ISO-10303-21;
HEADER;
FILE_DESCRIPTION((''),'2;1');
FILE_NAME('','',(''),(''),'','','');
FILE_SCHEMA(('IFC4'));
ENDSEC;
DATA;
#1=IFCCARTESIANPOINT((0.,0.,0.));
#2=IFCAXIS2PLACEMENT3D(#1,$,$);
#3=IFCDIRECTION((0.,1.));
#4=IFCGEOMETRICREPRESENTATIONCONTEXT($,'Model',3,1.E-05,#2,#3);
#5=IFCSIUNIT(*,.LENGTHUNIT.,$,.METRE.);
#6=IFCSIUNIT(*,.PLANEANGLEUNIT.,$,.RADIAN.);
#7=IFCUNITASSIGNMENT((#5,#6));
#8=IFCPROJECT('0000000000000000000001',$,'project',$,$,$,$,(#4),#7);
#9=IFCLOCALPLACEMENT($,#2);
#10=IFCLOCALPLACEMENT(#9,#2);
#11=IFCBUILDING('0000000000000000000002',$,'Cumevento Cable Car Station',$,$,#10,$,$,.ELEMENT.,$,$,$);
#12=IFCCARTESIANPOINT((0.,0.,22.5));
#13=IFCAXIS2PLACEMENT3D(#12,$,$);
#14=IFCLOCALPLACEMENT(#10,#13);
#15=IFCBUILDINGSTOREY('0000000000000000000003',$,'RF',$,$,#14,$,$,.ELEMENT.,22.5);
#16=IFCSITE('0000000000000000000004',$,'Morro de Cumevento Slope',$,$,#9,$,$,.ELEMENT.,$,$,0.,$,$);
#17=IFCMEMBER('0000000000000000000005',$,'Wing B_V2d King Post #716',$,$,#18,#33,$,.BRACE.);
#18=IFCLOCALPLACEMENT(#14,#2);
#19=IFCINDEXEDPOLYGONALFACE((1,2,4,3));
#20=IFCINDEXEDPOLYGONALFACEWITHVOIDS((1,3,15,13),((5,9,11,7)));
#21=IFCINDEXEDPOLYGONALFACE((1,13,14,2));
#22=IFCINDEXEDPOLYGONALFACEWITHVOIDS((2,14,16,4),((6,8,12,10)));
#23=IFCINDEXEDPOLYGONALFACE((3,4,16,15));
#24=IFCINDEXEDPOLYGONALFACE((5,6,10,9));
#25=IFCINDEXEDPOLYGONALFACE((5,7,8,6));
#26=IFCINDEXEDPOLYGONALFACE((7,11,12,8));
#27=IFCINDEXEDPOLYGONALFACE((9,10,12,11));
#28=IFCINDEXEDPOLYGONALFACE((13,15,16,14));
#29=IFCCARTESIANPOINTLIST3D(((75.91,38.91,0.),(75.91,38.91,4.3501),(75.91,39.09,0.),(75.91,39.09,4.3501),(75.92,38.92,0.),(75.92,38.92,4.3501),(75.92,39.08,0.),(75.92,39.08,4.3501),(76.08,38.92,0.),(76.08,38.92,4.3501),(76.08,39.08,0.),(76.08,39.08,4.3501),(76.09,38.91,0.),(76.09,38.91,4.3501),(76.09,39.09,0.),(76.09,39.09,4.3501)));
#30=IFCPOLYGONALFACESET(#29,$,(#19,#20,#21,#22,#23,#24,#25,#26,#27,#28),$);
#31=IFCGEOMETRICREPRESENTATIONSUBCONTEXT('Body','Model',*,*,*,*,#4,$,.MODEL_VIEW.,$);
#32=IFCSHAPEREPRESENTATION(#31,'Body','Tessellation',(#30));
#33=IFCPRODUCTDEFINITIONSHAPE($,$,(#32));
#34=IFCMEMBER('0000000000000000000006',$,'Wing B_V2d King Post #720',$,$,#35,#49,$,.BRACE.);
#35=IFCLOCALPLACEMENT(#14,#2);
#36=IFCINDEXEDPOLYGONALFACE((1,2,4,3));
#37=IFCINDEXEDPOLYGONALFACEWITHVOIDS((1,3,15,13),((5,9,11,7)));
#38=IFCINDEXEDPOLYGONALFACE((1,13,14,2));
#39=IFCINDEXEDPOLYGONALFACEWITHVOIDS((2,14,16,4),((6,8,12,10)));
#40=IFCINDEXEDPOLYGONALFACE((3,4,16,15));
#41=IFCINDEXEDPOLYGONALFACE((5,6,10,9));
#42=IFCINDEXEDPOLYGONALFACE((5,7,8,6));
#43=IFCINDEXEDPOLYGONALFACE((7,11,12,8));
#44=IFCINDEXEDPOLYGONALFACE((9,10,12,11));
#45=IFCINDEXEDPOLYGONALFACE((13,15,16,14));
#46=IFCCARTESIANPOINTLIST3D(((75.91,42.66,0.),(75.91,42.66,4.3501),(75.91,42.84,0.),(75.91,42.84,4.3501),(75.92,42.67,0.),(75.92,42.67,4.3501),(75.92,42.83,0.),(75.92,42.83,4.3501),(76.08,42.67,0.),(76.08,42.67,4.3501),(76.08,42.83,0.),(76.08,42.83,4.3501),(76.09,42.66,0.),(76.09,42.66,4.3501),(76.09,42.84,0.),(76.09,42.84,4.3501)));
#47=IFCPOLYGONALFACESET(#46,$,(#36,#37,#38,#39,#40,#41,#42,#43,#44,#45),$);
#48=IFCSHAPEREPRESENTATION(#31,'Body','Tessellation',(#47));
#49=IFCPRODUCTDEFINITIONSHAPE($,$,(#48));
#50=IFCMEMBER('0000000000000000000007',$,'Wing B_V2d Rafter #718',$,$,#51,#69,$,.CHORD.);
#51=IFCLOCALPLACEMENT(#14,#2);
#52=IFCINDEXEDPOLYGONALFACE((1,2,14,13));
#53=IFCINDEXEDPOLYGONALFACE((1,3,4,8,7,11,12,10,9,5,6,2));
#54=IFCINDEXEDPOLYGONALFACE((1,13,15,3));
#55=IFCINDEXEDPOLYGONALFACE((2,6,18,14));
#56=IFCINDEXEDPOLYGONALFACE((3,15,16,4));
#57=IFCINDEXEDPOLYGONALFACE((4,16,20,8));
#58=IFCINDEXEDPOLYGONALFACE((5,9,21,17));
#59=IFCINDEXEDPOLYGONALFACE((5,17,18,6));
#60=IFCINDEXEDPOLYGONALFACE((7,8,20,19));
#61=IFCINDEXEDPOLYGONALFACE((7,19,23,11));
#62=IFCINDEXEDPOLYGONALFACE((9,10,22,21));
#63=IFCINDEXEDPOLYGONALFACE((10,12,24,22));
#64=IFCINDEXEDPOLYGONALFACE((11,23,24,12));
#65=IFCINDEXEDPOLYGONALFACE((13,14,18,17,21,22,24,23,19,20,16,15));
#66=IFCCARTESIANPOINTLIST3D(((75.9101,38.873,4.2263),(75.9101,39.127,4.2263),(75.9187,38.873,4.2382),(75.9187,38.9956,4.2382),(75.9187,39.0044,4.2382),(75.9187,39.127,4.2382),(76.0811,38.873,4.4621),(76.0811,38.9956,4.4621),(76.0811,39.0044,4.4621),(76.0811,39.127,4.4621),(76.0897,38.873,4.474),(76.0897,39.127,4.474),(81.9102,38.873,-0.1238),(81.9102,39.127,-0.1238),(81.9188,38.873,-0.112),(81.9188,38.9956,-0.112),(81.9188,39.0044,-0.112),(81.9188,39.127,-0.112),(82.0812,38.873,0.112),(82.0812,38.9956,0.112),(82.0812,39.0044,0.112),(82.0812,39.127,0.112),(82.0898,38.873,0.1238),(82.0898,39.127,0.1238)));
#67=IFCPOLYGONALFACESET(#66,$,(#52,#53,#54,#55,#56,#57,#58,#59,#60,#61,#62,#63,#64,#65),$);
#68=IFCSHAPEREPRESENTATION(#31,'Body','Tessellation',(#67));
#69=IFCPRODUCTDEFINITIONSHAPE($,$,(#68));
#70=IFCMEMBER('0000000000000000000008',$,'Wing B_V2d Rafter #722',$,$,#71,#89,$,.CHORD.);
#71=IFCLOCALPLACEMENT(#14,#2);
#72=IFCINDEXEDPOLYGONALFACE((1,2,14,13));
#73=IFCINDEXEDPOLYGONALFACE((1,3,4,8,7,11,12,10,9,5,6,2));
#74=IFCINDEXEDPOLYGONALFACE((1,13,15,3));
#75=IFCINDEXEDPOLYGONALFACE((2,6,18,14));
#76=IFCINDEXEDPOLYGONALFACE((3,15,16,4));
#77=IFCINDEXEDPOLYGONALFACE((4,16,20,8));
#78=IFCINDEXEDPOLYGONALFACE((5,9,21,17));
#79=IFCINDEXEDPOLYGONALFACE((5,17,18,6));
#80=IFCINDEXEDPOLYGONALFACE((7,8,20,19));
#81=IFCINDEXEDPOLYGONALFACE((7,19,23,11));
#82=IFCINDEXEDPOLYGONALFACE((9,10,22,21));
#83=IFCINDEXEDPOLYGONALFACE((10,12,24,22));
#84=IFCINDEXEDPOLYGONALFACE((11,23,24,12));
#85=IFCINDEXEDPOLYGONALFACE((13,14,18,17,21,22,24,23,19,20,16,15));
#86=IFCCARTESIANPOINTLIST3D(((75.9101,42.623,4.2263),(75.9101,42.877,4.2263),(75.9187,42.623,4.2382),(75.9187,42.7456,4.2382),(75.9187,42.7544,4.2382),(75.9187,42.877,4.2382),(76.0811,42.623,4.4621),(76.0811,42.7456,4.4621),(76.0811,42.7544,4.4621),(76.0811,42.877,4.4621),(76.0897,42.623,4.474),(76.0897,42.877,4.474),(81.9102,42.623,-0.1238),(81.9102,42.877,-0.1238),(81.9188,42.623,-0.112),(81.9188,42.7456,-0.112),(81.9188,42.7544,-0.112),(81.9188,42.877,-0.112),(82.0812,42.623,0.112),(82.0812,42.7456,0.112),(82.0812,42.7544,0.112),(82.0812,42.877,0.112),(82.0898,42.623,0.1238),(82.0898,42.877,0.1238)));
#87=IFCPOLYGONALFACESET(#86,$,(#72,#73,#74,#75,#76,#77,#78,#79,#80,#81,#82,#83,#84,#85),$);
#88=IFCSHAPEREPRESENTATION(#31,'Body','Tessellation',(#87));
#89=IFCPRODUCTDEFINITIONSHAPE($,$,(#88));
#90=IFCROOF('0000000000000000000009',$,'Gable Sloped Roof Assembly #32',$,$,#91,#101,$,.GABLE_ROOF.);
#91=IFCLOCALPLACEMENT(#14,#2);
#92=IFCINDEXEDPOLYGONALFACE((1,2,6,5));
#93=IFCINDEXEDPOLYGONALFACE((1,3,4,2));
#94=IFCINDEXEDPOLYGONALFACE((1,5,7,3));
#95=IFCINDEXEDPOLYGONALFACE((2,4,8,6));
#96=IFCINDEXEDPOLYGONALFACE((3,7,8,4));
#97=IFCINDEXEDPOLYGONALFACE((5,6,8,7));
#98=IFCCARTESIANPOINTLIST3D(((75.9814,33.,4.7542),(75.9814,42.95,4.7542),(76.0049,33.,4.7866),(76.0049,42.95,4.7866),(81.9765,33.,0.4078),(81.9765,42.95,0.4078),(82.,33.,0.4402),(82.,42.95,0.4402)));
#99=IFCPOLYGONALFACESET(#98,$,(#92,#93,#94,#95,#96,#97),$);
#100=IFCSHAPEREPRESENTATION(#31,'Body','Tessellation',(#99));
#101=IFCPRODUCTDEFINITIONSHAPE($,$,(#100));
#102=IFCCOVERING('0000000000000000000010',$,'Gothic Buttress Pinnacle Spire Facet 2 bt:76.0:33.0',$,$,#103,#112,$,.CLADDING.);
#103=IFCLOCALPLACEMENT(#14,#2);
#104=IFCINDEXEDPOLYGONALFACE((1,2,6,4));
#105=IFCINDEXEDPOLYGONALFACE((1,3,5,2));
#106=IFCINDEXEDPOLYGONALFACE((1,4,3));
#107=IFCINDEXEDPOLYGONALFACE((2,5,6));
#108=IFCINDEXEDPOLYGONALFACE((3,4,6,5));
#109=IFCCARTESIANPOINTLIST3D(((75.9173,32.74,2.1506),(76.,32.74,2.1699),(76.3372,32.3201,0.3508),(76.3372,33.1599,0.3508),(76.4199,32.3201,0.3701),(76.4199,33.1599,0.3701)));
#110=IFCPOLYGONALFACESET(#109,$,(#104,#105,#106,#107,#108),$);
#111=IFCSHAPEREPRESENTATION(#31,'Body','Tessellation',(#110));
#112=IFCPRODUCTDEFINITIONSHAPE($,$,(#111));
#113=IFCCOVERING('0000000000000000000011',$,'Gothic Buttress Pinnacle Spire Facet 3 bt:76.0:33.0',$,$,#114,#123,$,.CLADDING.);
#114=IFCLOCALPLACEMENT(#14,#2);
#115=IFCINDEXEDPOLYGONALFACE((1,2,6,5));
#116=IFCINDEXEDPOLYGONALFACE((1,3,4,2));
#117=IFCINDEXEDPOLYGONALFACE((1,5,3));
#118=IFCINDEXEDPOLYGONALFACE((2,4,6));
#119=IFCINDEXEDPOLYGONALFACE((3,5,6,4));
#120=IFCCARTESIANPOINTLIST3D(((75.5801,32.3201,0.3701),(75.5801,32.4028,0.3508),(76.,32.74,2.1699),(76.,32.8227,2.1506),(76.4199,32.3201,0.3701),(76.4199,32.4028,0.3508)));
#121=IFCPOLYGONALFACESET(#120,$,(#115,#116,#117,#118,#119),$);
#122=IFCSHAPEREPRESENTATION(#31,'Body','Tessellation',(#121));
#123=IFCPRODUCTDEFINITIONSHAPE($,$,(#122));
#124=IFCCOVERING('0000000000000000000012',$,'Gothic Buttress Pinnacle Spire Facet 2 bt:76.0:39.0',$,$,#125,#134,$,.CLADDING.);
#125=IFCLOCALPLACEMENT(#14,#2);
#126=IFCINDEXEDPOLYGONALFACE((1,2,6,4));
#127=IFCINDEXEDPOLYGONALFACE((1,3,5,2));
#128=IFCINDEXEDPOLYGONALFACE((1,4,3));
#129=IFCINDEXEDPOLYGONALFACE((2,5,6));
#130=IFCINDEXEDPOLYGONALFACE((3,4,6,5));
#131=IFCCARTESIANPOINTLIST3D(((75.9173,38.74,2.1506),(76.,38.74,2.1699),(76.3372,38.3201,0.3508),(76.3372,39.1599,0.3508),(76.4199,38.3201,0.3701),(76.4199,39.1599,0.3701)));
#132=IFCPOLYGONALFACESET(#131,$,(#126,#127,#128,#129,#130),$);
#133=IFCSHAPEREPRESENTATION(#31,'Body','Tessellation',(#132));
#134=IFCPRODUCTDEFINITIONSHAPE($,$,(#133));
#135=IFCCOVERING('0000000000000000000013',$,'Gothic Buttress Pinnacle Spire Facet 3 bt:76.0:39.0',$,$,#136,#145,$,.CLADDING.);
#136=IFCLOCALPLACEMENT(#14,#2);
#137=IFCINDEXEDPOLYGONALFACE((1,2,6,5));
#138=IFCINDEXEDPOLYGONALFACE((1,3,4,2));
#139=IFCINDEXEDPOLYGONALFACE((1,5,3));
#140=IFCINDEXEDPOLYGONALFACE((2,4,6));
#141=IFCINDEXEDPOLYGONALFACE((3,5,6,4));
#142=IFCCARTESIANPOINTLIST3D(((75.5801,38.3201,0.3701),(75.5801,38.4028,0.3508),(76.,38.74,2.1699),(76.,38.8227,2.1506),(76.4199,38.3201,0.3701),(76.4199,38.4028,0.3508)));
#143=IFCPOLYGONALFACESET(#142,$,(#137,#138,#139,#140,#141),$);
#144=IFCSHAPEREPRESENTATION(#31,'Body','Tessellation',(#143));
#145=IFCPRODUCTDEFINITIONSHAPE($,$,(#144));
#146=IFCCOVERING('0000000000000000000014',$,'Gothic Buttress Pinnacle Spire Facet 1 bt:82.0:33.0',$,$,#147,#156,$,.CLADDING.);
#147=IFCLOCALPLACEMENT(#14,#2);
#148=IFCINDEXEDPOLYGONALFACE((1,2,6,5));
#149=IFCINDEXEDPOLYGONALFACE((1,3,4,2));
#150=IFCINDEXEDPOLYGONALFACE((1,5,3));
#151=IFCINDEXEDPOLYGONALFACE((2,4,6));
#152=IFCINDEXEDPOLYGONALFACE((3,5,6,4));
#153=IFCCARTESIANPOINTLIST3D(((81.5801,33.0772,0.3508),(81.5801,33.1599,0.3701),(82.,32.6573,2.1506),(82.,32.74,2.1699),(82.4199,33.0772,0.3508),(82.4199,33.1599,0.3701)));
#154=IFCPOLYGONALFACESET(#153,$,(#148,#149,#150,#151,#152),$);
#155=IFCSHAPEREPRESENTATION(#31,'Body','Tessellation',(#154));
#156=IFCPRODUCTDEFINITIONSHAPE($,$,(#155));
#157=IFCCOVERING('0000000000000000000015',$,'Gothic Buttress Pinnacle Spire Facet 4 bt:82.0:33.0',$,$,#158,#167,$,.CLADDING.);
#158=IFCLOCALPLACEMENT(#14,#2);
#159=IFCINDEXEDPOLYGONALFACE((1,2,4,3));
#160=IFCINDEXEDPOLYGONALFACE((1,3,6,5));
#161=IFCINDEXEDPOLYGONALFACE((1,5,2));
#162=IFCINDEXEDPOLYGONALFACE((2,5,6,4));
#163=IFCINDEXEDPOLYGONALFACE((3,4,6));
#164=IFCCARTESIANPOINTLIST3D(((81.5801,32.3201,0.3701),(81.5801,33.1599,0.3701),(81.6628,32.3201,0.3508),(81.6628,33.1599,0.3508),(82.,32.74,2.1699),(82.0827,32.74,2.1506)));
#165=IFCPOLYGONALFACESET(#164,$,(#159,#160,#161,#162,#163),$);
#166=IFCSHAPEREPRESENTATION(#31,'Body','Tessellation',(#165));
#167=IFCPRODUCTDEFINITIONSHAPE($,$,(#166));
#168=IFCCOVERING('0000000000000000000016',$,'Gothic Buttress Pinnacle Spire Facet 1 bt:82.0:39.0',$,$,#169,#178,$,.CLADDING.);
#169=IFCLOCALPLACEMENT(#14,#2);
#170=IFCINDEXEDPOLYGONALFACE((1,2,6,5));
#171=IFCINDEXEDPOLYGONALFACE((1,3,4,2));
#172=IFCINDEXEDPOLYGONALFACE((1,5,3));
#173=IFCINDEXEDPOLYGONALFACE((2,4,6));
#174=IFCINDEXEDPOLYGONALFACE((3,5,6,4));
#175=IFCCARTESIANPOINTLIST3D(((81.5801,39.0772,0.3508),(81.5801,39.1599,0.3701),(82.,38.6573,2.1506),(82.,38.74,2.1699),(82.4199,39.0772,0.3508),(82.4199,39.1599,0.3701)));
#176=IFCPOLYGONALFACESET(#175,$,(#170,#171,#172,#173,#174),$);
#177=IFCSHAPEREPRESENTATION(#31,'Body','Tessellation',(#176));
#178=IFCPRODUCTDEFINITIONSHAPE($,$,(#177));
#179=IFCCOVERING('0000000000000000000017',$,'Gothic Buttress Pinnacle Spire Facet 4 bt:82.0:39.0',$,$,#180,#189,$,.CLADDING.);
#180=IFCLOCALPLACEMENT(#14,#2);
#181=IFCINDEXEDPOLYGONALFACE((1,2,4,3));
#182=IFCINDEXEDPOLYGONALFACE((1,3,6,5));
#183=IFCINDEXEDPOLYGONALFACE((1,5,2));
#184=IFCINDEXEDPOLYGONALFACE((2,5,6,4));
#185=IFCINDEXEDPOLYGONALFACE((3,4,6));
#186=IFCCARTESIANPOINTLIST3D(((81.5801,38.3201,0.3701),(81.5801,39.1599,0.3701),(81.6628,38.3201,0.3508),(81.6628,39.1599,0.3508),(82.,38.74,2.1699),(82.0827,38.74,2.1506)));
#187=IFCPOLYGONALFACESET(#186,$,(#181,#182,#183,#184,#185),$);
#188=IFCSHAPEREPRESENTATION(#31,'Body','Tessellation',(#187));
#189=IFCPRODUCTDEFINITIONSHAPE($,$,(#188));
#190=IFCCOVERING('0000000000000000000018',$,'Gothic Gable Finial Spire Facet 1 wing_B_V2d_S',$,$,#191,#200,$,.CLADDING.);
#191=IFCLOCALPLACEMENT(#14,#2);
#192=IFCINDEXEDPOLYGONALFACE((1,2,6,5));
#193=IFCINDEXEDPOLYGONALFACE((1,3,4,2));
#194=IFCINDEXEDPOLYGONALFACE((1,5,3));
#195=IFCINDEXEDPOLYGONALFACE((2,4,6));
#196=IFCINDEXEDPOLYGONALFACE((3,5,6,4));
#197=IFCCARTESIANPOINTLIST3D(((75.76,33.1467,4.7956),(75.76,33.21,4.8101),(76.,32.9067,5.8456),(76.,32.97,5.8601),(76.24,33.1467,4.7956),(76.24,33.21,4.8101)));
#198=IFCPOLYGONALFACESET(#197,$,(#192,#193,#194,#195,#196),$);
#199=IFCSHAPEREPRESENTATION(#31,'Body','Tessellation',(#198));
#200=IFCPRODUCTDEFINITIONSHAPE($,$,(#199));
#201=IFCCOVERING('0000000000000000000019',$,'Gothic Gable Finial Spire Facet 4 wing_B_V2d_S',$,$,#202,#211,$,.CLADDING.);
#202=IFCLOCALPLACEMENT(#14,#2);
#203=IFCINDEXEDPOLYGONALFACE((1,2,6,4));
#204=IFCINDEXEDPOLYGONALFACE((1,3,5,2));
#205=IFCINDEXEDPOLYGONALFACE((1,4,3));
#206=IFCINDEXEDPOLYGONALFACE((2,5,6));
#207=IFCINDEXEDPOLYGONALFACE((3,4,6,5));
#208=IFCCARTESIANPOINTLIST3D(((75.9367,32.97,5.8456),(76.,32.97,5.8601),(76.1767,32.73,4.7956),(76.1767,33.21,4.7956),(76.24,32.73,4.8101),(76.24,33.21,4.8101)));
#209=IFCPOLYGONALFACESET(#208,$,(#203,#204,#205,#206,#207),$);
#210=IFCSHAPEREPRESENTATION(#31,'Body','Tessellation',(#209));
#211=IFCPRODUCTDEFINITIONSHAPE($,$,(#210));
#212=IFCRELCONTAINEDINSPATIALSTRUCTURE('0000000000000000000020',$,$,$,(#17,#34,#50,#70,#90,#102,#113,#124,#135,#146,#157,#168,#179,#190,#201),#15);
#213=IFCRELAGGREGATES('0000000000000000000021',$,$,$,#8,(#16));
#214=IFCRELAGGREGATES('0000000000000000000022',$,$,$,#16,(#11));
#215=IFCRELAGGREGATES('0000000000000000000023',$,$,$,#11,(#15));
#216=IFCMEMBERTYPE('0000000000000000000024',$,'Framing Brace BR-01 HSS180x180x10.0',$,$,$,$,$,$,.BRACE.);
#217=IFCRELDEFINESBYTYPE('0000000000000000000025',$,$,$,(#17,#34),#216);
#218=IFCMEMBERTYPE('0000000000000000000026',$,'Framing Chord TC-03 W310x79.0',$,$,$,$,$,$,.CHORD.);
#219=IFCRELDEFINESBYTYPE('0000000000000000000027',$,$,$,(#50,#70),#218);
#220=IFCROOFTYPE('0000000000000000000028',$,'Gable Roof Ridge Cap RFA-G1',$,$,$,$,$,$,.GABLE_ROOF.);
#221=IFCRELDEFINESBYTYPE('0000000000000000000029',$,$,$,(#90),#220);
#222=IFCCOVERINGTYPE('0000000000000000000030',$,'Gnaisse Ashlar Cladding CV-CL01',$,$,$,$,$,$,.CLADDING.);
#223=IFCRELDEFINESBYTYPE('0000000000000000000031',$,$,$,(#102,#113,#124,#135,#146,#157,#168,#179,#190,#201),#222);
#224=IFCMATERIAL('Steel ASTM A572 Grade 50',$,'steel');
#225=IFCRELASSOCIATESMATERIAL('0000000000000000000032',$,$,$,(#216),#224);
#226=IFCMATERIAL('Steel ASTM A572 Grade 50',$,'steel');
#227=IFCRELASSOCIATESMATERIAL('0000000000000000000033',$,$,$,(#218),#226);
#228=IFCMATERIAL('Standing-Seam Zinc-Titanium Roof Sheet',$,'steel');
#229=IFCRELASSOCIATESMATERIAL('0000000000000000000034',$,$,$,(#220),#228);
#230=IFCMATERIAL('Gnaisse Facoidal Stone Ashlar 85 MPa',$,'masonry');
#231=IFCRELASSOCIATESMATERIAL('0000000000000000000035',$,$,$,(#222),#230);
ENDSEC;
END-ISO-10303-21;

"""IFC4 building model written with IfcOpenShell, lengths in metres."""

from ifc_helpers import new_model, si_unit, direction, frame, origin, origin_2d, place, context, subcontext, project, spatial, polyline, hollow_rectangle, i_section, outline, extrude, material, material_profile, profile_set, type_object, element, save


model = new_model("IFC4")

# Units and contexts
model_context = context("Model", 3, precision=1e-05, world=origin(), true_north=direction((0.0, 1.0)))
body_context = subcontext(model_context, "Body", "Model", "MODEL_VIEW")
ifc_project = project(units=[si_unit("LENGTHUNIT", "METRE"), si_unit("PLANEANGLEUNIT", "RADIAN")], contexts=[model_context])

# Site, building, storey
site_placement = place(None, origin())
site = spatial("IfcSite", under=ifc_project, at=site_placement, Name="Morro de Cumevento Slope", CompositionType="ELEMENT", RefElevation=0.0)
building_placement = place(site_placement, origin())
building = spatial("IfcBuilding", under=site, at=building_placement, Name="Cumevento Cable Car Station", CompositionType="ELEMENT")
storey_placement = place(building_placement, frame((0.0, 0.0, 22.5)))
storey = spatial("IfcBuildingStorey", under=building, at=storey_placement, Name="RF", CompositionType="ELEMENT", Elevation=22.5)

# Members
ifc_material_1 = material(Name="Steel ASTM A572 Grade 50", Category="steel")
ifc_material_profile_1 = material_profile(ifc_material_1, hollow_rectangle(XDim=0.1799, YDim=0.1799, WallThickness=0.01, at=origin_2d()), Name="HSS180x180x10.0")
ifc_profile_set_1 = profile_set([ifc_material_profile_1], Name="Steel ASTM A572 Grade 50")
member_type_1 = type_object("IfcMemberType", Name="Framing Brace BR-01 HSS180x180x10.0", PredefinedType="BRACE", material=ifc_profile_set_1)
for number, where, z_axis, x_axis, name in (
    (1, (76.0, 39.0, 0.0), (0.0, 0.0, 1.0), (1.0, 0.0, 0.0), "Wing B_V2d King Post #716"),
    (2, (76.0, 42.75, 0.0), (0.0, 0.0, 1.0), (1.0, 0.0, 0.0), "Wing B_V2d King Post #720"),
):
    element("IfcMember", number, at=place(storey_placement, frame(where, z_axis=z_axis, x_axis=x_axis)), inside=storey, type_object=member_type_1, Name=name, PredefinedType="BRACE", context=body_context, shape_type="SweptSolid", body=[
        extrude(hollow_rectangle(XDim=0.1799, YDim=0.1799, WallThickness=0.01, at=origin_2d()), origin(), (0.0, 0.0, 1.0), 4.3501),
    ])
ifc_material_2 = material(Name="Steel ASTM A572 Grade 50", Category="steel")
ifc_material_profile_2 = material_profile(ifc_material_2, i_section(OverallWidth=0.2539, OverallDepth=0.3059, WebThickness=0.0088, FlangeThickness=0.0146, at=origin_2d()), Name="W310x79.0")
ifc_profile_set_2 = profile_set([ifc_material_profile_2], Name="Steel ASTM A572 Grade 50")
member_type_2 = type_object("IfcMemberType", Name="Framing Chord TC-03 W310x79.0", PredefinedType="CHORD", material=ifc_profile_set_2)
for number, where, z_axis, x_axis, name in (
    (3, (82.0, 39.0, 0.0), (-0.809604, 0.0, 0.586976), (0.0, -1.0, 0.0), "Wing B_V2d Rafter #718"),
    (4, (82.0, 42.75, 0.0), (-0.809604, 0.0, 0.586976), (0.0, -1.0, 0.0), "Wing B_V2d Rafter #722"),
):
    element("IfcMember", number, at=place(storey_placement, frame(where, z_axis=z_axis, x_axis=x_axis)), inside=storey, type_object=member_type_2, Name=name, PredefinedType="CHORD", context=body_context, shape_type="SweptSolid", body=[
        extrude(i_section(OverallWidth=0.2539, OverallDepth=0.3059, WebThickness=0.0088, FlangeThickness=0.0146, at=origin_2d()), origin(), (0.0, 0.0, 1.0), 7.4111),
    ])

# Roof
ifc_material_3 = material(Name="Standing-Seam Zinc-Titanium Roof Sheet", Category="steel")
roof_type = type_object("IfcRoofType", Name="Gable Roof Ridge Cap RFA-G1", PredefinedType="GABLE_ROOF", material=ifc_material_3)
roof_placement = place(storey_placement, frame((76.0049, 42.95, 4.7866), z_axis=(0.586965, 0.0, 0.809612), x_axis=(0.0, -1.0, 0.0)))
element("IfcRoof", 5, at=roof_placement, inside=storey, type_object=roof_type, Name="Gable Sloped Roof Assembly #32", PredefinedType="GABLE_ROOF", context=body_context, shape_type="SweptSolid", body=[
    extrude(outline(polyline([(0.0, 0.0), (9.95, 0.0), (9.95, 7.4049), (0.0, 7.4049), (0.0, 0.0)])), origin(), (0.0, 0.0, -1.0), 0.04),
])

# Coverings
ifc_material_4 = material(Name="Gnaisse Facoidal Stone Ashlar 85 MPa", Category="masonry")
covering_type = type_object("IfcCoveringType", Name="Gnaisse Ashlar Cladding CV-CL01", PredefinedType="CLADDING", material=ifc_material_4)
for number, where, z_axis, x_axis, name in (
    (6, (76.4199, 33.1599, 0.3701), (0.973845, 0.0, 0.227213), (0.0, -1.0, 0.0), "Gothic Buttress Pinnacle Spire Facet 2 bt:76.0:33.0"),
    (7, (76.4199, 32.3201, 0.3701), (0.0, -0.973845, 0.227213), (-1.0, 0.0, 0.0), "Gothic Buttress Pinnacle Spire Facet 3 bt:76.0:33.0"),
    (8, (76.4199, 39.1599, 0.3701), (0.973845, 0.0, 0.227213), (0.0, -1.0, 0.0), "Gothic Buttress Pinnacle Spire Facet 2 bt:76.0:39.0"),
    (9, (76.4199, 38.3201, 0.3701), (0.0, -0.973845, 0.227213), (-1.0, 0.0, 0.0), "Gothic Buttress Pinnacle Spire Facet 3 bt:76.0:39.0"),
    (10, (81.5801, 33.1599, 0.3701), (0.0, 0.973845, 0.227213), (1.0, 0.0, 0.0), "Gothic Buttress Pinnacle Spire Facet 1 bt:82.0:33.0"),
    (11, (81.5801, 32.3201, 0.3701), (-0.973845, 0.0, 0.227213), (0.0, 1.0, 0.0), "Gothic Buttress Pinnacle Spire Facet 4 bt:82.0:33.0"),
    (12, (81.5801, 39.1599, 0.3701), (0.0, 0.973845, 0.227213), (1.0, 0.0, 0.0), "Gothic Buttress Pinnacle Spire Facet 1 bt:82.0:39.0"),
    (13, (81.5801, 38.3201, 0.3701), (-0.973845, 0.0, 0.227213), (0.0, 1.0, 0.0), "Gothic Buttress Pinnacle Spire Facet 4 bt:82.0:39.0"),
):
    element("IfcCovering", number, at=place(storey_placement, frame(where, z_axis=z_axis, x_axis=x_axis)), inside=storey, type_object=covering_type, Name=name, PredefinedType="CLADDING", context=body_context, shape_type="SweptSolid", body=[
        extrude(outline(polyline([(0.0, 0.0), (0.8398, 0.0), (0.4199, -1.8481), (0.0, 0.0)])), origin(), (0.0, 0.0, -1.0), 0.085),
    ])
for number, where, z_axis, x_axis, name in (
    (14, (76.24, 33.21, 4.8101), (0.0, 0.974863, 0.222806), (-1.0, 0.0, 0.0), "Gothic Gable Finial Spire Facet 1 wing_B_V2d_S"),
    (15, (76.24, 32.73, 4.8101), (0.974863, 0.0, 0.222806), (0.0, 1.0, 0.0), "Gothic Gable Finial Spire Facet 4 wing_B_V2d_S"),
):
    element("IfcCovering", number, at=place(storey_placement, frame(where, z_axis=z_axis, x_axis=x_axis)), inside=storey, type_object=covering_type, Name=name, PredefinedType="CLADDING", context=body_context, shape_type="SweptSolid", body=[
        extrude(outline(polyline([(0.0, 0.0), (0.48, 0.0), (0.24, 1.0771), (0.0, 0.0)])), origin(), (0.0, 0.0, -1.0), 0.0649),
    ])

save(model, "model.ifc")
